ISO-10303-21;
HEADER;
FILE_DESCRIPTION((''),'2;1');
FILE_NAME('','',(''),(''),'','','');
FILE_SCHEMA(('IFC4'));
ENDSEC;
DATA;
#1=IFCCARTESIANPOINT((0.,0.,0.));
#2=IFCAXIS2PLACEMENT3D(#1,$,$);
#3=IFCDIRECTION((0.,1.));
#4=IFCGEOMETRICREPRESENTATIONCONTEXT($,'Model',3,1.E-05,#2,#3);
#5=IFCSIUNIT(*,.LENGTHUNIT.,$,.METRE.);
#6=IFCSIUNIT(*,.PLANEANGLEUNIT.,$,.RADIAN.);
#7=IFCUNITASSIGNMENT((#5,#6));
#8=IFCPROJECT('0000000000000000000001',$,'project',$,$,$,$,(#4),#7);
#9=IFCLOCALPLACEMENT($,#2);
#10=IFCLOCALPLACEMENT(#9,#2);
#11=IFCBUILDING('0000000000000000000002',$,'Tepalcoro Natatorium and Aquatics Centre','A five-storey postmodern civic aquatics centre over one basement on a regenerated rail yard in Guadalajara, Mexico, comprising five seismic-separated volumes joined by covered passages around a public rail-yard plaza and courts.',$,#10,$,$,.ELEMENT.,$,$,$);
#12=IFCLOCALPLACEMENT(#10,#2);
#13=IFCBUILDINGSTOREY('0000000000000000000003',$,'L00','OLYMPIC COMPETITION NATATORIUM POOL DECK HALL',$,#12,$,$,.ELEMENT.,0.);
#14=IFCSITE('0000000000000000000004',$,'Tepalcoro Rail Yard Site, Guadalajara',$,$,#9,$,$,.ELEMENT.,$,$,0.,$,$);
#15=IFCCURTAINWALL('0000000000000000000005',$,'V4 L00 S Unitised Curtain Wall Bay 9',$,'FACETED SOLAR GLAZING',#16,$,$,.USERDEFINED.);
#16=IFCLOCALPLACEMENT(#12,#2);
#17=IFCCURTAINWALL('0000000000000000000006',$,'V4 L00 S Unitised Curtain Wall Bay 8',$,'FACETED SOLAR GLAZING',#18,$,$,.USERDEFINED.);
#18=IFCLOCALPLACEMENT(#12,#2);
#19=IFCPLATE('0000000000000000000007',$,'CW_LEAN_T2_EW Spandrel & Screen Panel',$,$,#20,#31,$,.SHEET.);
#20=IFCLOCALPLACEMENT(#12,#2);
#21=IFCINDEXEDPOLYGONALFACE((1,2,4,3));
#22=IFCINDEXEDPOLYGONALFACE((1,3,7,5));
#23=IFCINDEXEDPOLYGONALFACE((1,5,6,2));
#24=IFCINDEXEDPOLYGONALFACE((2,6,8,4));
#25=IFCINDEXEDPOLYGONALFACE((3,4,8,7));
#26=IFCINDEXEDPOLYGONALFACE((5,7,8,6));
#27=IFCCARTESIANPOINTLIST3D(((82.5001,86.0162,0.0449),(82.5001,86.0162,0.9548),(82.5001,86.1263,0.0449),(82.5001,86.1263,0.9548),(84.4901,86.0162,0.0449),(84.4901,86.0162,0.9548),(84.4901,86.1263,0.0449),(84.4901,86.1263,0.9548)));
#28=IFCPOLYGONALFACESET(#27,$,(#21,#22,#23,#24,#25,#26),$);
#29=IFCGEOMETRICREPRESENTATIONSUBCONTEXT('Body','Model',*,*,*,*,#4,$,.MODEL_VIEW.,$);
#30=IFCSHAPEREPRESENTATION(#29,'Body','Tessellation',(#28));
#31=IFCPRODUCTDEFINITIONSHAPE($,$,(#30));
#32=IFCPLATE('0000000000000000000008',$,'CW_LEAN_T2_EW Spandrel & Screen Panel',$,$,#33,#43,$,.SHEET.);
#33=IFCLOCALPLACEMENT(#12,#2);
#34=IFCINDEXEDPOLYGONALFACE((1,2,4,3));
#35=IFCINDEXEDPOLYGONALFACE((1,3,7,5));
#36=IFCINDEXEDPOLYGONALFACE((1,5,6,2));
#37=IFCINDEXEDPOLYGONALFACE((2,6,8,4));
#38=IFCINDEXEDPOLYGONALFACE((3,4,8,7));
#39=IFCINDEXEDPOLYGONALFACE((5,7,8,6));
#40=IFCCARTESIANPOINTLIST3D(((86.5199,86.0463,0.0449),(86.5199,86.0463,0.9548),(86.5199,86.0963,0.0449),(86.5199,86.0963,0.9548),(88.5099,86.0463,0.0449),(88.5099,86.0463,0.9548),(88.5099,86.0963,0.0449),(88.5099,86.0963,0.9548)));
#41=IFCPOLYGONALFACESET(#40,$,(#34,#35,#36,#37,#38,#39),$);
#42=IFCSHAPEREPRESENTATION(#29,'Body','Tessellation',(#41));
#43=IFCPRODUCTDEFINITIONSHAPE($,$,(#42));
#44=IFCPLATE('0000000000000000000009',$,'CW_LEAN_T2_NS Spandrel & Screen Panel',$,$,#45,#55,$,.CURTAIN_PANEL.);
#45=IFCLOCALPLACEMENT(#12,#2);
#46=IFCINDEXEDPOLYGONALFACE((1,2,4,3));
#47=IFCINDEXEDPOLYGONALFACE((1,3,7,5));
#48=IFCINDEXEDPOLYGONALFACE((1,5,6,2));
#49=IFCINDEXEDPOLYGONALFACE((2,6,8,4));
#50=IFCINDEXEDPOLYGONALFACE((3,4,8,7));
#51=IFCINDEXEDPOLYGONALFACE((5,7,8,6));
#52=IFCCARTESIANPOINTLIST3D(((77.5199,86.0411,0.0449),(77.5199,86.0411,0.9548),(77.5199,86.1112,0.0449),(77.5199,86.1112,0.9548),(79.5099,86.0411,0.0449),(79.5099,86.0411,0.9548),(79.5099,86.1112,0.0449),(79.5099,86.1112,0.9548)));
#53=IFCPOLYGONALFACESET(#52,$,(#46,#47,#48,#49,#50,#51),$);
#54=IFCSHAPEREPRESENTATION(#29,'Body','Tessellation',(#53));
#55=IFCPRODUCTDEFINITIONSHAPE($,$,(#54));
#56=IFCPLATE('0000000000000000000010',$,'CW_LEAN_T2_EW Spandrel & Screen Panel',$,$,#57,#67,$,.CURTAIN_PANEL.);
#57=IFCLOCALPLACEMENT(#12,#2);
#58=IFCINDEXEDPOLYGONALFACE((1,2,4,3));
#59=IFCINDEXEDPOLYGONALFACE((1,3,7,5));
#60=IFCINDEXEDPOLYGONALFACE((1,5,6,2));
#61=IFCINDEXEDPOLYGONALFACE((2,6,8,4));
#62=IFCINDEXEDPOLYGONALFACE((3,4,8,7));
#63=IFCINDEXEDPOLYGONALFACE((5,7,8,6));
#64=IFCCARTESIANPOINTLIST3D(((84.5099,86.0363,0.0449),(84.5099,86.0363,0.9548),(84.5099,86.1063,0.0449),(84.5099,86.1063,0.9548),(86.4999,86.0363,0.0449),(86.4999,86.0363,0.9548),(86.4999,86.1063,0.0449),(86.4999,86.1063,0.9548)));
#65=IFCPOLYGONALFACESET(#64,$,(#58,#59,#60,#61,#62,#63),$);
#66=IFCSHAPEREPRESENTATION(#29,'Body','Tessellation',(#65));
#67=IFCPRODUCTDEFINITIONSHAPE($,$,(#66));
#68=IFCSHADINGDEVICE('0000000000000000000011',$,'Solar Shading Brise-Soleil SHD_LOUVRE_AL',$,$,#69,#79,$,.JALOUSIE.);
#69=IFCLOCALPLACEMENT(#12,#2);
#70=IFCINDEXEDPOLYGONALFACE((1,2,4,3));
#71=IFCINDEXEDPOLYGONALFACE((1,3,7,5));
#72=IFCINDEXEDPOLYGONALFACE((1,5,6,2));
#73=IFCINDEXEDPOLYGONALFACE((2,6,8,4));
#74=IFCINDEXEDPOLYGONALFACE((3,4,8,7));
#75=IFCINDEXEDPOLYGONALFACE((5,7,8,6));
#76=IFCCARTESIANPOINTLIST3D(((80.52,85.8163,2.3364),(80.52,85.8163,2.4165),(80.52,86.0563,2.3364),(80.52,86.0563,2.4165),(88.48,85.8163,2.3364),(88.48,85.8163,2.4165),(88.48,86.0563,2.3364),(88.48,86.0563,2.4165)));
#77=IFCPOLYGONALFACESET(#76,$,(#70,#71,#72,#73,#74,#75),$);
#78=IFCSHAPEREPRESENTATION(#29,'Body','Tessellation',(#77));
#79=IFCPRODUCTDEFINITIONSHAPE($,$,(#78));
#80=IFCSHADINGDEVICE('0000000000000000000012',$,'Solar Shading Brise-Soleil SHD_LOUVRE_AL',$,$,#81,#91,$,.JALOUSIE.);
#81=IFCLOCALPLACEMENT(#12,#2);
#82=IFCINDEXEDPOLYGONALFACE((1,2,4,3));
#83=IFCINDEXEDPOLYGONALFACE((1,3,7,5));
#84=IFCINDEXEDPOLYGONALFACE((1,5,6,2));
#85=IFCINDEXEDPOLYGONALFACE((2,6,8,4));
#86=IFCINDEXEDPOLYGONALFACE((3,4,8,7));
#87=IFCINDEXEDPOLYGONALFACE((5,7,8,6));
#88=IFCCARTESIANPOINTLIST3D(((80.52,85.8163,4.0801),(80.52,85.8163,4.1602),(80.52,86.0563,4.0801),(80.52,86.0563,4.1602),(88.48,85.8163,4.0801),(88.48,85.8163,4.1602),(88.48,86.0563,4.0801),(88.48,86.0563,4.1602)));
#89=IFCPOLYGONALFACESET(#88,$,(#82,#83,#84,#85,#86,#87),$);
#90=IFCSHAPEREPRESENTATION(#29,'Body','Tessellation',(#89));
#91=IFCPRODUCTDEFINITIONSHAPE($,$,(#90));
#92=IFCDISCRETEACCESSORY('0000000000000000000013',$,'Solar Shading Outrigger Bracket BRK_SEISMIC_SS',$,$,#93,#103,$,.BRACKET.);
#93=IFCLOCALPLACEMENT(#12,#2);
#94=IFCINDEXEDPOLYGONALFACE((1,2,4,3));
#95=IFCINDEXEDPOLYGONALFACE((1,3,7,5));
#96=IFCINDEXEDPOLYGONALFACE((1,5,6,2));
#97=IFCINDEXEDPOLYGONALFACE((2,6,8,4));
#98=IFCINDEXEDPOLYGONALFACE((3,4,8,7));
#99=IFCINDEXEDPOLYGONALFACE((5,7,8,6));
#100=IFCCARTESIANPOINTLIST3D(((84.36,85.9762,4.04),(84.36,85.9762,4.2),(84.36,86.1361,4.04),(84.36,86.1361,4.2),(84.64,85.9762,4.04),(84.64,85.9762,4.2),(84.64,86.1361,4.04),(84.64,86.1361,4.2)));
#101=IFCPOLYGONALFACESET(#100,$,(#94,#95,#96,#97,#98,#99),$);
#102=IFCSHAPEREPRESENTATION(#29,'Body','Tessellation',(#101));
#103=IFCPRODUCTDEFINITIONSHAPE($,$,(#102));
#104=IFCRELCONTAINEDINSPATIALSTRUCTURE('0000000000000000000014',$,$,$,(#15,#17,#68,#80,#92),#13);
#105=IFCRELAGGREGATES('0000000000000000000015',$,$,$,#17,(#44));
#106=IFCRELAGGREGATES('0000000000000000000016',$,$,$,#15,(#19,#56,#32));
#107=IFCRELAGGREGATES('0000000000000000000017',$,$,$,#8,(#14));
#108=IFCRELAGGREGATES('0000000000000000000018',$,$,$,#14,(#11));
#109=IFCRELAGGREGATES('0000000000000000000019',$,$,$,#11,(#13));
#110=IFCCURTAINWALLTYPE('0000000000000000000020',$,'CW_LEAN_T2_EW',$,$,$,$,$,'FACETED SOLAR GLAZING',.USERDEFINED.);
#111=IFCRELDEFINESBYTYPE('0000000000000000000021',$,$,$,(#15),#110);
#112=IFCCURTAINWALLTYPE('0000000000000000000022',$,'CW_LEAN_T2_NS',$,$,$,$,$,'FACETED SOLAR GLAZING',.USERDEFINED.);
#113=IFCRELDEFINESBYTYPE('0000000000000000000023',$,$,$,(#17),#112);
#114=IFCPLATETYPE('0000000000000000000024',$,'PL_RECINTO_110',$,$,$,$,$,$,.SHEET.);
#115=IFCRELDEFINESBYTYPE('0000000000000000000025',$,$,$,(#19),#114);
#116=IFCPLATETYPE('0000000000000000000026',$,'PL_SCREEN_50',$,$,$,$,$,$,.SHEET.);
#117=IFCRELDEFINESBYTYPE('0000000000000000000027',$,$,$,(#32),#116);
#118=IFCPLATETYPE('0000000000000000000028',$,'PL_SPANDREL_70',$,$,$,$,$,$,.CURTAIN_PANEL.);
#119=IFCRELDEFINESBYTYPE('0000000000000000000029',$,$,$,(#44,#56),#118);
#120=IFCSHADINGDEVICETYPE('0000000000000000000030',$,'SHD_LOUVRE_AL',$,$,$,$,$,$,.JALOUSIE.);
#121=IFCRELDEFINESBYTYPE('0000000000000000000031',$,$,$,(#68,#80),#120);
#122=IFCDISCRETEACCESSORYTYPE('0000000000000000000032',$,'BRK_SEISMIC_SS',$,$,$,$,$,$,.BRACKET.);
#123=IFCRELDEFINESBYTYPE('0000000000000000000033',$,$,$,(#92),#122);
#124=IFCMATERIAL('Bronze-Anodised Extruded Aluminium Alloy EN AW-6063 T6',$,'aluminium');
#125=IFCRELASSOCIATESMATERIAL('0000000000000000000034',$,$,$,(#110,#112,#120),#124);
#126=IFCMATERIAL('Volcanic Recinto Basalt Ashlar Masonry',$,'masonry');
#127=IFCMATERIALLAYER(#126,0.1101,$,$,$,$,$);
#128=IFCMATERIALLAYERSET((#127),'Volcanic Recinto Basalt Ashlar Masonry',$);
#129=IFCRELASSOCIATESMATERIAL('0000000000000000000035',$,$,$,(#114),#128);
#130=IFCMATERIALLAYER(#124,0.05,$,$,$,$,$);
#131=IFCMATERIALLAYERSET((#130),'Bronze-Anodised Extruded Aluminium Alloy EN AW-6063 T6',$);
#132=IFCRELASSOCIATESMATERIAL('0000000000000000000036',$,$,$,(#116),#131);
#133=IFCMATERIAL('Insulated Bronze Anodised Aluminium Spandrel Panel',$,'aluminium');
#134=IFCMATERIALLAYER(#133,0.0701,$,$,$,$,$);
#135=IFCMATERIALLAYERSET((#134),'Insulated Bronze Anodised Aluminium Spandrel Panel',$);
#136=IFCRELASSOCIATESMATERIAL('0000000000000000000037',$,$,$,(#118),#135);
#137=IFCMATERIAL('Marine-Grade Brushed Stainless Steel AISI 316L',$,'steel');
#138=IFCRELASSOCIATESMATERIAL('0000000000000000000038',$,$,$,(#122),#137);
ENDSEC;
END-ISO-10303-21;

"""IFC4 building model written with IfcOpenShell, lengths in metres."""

from ifc_helpers import new_model, si_unit, direction, frame, origin, origin_2d, place, context, subcontext, project, spatial, rectangle, extrude, material, layer, layer_set, type_object, element, aggregate, save


model = new_model("IFC4")

# Units and contexts
model_context = context("Model", 3, precision=1e-05, world=origin(), true_north=direction((0.0, 1.0)))
body_context = subcontext(model_context, "Body", "Model", "MODEL_VIEW")
ifc_project = project(units=[si_unit("LENGTHUNIT", "METRE"), si_unit("PLANEANGLEUNIT", "RADIAN")], contexts=[model_context])

# Site, building, storey
site_placement = place(None, origin())
site = spatial("IfcSite", under=ifc_project, at=site_placement, Name="Tepalcoro Rail Yard Site, Guadalajara", CompositionType="ELEMENT", RefElevation=0.0)
building_placement = place(site_placement, origin())
building = spatial("IfcBuilding", under=site, at=building_placement, Name="Tepalcoro Natatorium and Aquatics Centre", Description="A five-storey postmodern civic aquatics centre over one basement on a regenerated rail yard in Guadalajara, Mexico, comprising five seismic-separated volumes joined by covered passages around a public rail-yard plaza and courts.", CompositionType="ELEMENT")
storey_placement = place(building_placement, origin())
storey = spatial("IfcBuildingStorey", under=building, at=storey_placement, Name="L00", Description="OLYMPIC COMPETITION NATATORIUM POOL DECK HALL", CompositionType="ELEMENT", Elevation=0.0)

# Curtain wall
ifc_material_1 = material(Name="Bronze-Anodised Extruded Aluminium Alloy EN AW-6063 T6", Category="aluminium")
curtain_wall_type_1 = type_object("IfcCurtainWallType", Name="CW_LEAN_T2_EW", ElementType="FACETED SOLAR GLAZING", PredefinedType="USERDEFINED", material=ifc_material_1)
curtain_wall_1_placement = place(storey_placement, origin())
curtain_wall_1 = element("IfcCurtainWall", 1, at=curtain_wall_1_placement, inside=storey, type_object=curtain_wall_type_1, Name="V4 L00 S Unitised Curtain Wall Bay 9", ObjectType="FACETED SOLAR GLAZING", PredefinedType="USERDEFINED")

# Curtain wall
curtain_wall_type_2 = type_object("IfcCurtainWallType", Name="CW_LEAN_T2_NS", ElementType="FACETED SOLAR GLAZING", PredefinedType="USERDEFINED", material=ifc_material_1)
curtain_wall_2_placement = place(storey_placement, origin())
curtain_wall_2 = element("IfcCurtainWall", 2, at=curtain_wall_2_placement, inside=storey, type_object=curtain_wall_type_2, Name="V4 L00 S Unitised Curtain Wall Bay 8", ObjectType="FACETED SOLAR GLAZING", PredefinedType="USERDEFINED")

# Plates
ifc_material_2 = material(Name="Volcanic Recinto Basalt Ashlar Masonry", Category="masonry")
ifc_layer_1 = layer(ifc_material_2, 0.1101)
ifc_layer_set_1 = layer_set([ifc_layer_1], Name="Volcanic Recinto Basalt Ashlar Masonry")
plate_type_1 = type_object("IfcPlateType", Name="PL_RECINTO_110", PredefinedType="SHEET", material=ifc_layer_set_1)
plate_1_placement = place(storey_placement, frame((83.4951, 86.0713, 0.0449), z_axis=(0.0, 0.0, 1.0), x_axis=(1.0, 0.0, 0.0)))
plate_1 = element("IfcPlate", 3, at=plate_1_placement, type_object=plate_type_1, Name="CW_LEAN_T2_EW Spandrel & Screen Panel", PredefinedType="SHEET", context=body_context, shape_type="SweptSolid", body=[
    extrude(rectangle(XDim=1.99, YDim=0.1101, at=origin_2d()), origin(), (0.0, 0.0, 1.0), 0.9099),
])
ifc_layer_2 = layer(ifc_material_1, 0.05)
ifc_layer_set_2 = layer_set([ifc_layer_2], Name="Bronze-Anodised Extruded Aluminium Alloy EN AW-6063 T6")
plate_type_2 = type_object("IfcPlateType", Name="PL_SCREEN_50", PredefinedType="SHEET", material=ifc_layer_set_2)
plate_2_placement = place(storey_placement, frame((87.5149, 86.0713, 0.0449), z_axis=(0.0, 0.0, 1.0), x_axis=(1.0, 0.0, 0.0)))
plate_2 = element("IfcPlate", 4, at=plate_2_placement, type_object=plate_type_2, Name="CW_LEAN_T2_EW Spandrel & Screen Panel", PredefinedType="SHEET", context=body_context, shape_type="SweptSolid", body=[
    extrude(rectangle(XDim=1.99, YDim=0.05, at=origin_2d()), origin(), (0.0, 0.0, 1.0), 0.9099),
])
ifc_material_3 = material(Name="Insulated Bronze Anodised Aluminium Spandrel Panel", Category="aluminium")
ifc_layer_3 = layer(ifc_material_3, 0.0701)
ifc_layer_set_3 = layer_set([ifc_layer_3], Name="Insulated Bronze Anodised Aluminium Spandrel Panel")
plate_type_3 = type_object("IfcPlateType", Name="PL_SPANDREL_70", PredefinedType="CURTAIN_PANEL", material=ifc_layer_set_3)
plate_3_placement = place(storey_placement, frame((78.5149, 86.0762, 0.0449), z_axis=(0.0, 0.0, 1.0), x_axis=(1.0, 0.0, 0.0)))
plate_3 = element("IfcPlate", 5, at=plate_3_placement, type_object=plate_type_3, Name="CW_LEAN_T2_NS Spandrel & Screen Panel", PredefinedType="CURTAIN_PANEL", context=body_context, shape_type="SweptSolid", body=[
    extrude(rectangle(XDim=1.99, YDim=0.0701, at=origin_2d()), origin(), (0.0, 0.0, 1.0), 0.9099),
])
aggregate(curtain_wall_2, [plate_3])
plate_4_placement = place(storey_placement, frame((85.5049, 86.0713, 0.0449), z_axis=(0.0, 0.0, 1.0), x_axis=(1.0, 0.0, 0.0)))
plate_4 = element("IfcPlate", 6, at=plate_4_placement, type_object=plate_type_3, Name="CW_LEAN_T2_EW Spandrel & Screen Panel", PredefinedType="CURTAIN_PANEL", context=body_context, shape_type="SweptSolid", body=[
    extrude(rectangle(XDim=1.99, YDim=0.0701, at=origin_2d()), origin(), (0.0, 0.0, 1.0), 0.9099),
])
aggregate(curtain_wall_1, [plate_1, plate_4, plate_2])

# Shading devices
shading_device_type = type_object("IfcShadingDeviceType", Name="SHD_LOUVRE_AL", PredefinedType="JALOUSIE", material=ifc_material_1)
for number, where, z_axis, x_axis, name in (
    (7, (84.5, 85.9363, 2.3364), (0.0, 0.0, 1.0), (1.0, 0.0, 0.0), "Solar Shading Brise-Soleil SHD_LOUVRE_AL"),
    (8, (84.5, 85.9363, 4.0801), (0.0, 0.0, 1.0), (1.0, 0.0, 0.0), "Solar Shading Brise-Soleil SHD_LOUVRE_AL"),
):
    element("IfcShadingDevice", number, at=place(storey_placement, frame(where, z_axis=z_axis, x_axis=x_axis)), inside=storey, type_object=shading_device_type, Name=name, PredefinedType="JALOUSIE", context=body_context, shape_type="SweptSolid", body=[
        extrude(rectangle(XDim=7.96, YDim=0.24, at=origin_2d()), origin(), (0.0, 0.0, 1.0), 0.0801),
    ])

# Discrete accessory
ifc_material_4 = material(Name="Marine-Grade Brushed Stainless Steel AISI 316L", Category="steel")
discrete_accessory_type = type_object("IfcDiscreteAccessoryType", Name="BRK_SEISMIC_SS", PredefinedType="BRACKET", material=ifc_material_4)
discrete_accessory_placement = place(storey_placement, frame((84.5, 86.0562, 4.04), z_axis=(0.0, 0.0, 1.0), x_axis=(1.0, 0.0, 0.0)))
element("IfcDiscreteAccessory", 9, at=discrete_accessory_placement, inside=storey, type_object=discrete_accessory_type, Name="Solar Shading Outrigger Bracket BRK_SEISMIC_SS", PredefinedType="BRACKET", context=body_context, shape_type="SweptSolid", body=[
    extrude(rectangle(XDim=0.28, YDim=0.1599, at=origin_2d()), origin(), (0.0, 0.0, 1.0), 0.1599),
])

save(model, "model.ifc")
